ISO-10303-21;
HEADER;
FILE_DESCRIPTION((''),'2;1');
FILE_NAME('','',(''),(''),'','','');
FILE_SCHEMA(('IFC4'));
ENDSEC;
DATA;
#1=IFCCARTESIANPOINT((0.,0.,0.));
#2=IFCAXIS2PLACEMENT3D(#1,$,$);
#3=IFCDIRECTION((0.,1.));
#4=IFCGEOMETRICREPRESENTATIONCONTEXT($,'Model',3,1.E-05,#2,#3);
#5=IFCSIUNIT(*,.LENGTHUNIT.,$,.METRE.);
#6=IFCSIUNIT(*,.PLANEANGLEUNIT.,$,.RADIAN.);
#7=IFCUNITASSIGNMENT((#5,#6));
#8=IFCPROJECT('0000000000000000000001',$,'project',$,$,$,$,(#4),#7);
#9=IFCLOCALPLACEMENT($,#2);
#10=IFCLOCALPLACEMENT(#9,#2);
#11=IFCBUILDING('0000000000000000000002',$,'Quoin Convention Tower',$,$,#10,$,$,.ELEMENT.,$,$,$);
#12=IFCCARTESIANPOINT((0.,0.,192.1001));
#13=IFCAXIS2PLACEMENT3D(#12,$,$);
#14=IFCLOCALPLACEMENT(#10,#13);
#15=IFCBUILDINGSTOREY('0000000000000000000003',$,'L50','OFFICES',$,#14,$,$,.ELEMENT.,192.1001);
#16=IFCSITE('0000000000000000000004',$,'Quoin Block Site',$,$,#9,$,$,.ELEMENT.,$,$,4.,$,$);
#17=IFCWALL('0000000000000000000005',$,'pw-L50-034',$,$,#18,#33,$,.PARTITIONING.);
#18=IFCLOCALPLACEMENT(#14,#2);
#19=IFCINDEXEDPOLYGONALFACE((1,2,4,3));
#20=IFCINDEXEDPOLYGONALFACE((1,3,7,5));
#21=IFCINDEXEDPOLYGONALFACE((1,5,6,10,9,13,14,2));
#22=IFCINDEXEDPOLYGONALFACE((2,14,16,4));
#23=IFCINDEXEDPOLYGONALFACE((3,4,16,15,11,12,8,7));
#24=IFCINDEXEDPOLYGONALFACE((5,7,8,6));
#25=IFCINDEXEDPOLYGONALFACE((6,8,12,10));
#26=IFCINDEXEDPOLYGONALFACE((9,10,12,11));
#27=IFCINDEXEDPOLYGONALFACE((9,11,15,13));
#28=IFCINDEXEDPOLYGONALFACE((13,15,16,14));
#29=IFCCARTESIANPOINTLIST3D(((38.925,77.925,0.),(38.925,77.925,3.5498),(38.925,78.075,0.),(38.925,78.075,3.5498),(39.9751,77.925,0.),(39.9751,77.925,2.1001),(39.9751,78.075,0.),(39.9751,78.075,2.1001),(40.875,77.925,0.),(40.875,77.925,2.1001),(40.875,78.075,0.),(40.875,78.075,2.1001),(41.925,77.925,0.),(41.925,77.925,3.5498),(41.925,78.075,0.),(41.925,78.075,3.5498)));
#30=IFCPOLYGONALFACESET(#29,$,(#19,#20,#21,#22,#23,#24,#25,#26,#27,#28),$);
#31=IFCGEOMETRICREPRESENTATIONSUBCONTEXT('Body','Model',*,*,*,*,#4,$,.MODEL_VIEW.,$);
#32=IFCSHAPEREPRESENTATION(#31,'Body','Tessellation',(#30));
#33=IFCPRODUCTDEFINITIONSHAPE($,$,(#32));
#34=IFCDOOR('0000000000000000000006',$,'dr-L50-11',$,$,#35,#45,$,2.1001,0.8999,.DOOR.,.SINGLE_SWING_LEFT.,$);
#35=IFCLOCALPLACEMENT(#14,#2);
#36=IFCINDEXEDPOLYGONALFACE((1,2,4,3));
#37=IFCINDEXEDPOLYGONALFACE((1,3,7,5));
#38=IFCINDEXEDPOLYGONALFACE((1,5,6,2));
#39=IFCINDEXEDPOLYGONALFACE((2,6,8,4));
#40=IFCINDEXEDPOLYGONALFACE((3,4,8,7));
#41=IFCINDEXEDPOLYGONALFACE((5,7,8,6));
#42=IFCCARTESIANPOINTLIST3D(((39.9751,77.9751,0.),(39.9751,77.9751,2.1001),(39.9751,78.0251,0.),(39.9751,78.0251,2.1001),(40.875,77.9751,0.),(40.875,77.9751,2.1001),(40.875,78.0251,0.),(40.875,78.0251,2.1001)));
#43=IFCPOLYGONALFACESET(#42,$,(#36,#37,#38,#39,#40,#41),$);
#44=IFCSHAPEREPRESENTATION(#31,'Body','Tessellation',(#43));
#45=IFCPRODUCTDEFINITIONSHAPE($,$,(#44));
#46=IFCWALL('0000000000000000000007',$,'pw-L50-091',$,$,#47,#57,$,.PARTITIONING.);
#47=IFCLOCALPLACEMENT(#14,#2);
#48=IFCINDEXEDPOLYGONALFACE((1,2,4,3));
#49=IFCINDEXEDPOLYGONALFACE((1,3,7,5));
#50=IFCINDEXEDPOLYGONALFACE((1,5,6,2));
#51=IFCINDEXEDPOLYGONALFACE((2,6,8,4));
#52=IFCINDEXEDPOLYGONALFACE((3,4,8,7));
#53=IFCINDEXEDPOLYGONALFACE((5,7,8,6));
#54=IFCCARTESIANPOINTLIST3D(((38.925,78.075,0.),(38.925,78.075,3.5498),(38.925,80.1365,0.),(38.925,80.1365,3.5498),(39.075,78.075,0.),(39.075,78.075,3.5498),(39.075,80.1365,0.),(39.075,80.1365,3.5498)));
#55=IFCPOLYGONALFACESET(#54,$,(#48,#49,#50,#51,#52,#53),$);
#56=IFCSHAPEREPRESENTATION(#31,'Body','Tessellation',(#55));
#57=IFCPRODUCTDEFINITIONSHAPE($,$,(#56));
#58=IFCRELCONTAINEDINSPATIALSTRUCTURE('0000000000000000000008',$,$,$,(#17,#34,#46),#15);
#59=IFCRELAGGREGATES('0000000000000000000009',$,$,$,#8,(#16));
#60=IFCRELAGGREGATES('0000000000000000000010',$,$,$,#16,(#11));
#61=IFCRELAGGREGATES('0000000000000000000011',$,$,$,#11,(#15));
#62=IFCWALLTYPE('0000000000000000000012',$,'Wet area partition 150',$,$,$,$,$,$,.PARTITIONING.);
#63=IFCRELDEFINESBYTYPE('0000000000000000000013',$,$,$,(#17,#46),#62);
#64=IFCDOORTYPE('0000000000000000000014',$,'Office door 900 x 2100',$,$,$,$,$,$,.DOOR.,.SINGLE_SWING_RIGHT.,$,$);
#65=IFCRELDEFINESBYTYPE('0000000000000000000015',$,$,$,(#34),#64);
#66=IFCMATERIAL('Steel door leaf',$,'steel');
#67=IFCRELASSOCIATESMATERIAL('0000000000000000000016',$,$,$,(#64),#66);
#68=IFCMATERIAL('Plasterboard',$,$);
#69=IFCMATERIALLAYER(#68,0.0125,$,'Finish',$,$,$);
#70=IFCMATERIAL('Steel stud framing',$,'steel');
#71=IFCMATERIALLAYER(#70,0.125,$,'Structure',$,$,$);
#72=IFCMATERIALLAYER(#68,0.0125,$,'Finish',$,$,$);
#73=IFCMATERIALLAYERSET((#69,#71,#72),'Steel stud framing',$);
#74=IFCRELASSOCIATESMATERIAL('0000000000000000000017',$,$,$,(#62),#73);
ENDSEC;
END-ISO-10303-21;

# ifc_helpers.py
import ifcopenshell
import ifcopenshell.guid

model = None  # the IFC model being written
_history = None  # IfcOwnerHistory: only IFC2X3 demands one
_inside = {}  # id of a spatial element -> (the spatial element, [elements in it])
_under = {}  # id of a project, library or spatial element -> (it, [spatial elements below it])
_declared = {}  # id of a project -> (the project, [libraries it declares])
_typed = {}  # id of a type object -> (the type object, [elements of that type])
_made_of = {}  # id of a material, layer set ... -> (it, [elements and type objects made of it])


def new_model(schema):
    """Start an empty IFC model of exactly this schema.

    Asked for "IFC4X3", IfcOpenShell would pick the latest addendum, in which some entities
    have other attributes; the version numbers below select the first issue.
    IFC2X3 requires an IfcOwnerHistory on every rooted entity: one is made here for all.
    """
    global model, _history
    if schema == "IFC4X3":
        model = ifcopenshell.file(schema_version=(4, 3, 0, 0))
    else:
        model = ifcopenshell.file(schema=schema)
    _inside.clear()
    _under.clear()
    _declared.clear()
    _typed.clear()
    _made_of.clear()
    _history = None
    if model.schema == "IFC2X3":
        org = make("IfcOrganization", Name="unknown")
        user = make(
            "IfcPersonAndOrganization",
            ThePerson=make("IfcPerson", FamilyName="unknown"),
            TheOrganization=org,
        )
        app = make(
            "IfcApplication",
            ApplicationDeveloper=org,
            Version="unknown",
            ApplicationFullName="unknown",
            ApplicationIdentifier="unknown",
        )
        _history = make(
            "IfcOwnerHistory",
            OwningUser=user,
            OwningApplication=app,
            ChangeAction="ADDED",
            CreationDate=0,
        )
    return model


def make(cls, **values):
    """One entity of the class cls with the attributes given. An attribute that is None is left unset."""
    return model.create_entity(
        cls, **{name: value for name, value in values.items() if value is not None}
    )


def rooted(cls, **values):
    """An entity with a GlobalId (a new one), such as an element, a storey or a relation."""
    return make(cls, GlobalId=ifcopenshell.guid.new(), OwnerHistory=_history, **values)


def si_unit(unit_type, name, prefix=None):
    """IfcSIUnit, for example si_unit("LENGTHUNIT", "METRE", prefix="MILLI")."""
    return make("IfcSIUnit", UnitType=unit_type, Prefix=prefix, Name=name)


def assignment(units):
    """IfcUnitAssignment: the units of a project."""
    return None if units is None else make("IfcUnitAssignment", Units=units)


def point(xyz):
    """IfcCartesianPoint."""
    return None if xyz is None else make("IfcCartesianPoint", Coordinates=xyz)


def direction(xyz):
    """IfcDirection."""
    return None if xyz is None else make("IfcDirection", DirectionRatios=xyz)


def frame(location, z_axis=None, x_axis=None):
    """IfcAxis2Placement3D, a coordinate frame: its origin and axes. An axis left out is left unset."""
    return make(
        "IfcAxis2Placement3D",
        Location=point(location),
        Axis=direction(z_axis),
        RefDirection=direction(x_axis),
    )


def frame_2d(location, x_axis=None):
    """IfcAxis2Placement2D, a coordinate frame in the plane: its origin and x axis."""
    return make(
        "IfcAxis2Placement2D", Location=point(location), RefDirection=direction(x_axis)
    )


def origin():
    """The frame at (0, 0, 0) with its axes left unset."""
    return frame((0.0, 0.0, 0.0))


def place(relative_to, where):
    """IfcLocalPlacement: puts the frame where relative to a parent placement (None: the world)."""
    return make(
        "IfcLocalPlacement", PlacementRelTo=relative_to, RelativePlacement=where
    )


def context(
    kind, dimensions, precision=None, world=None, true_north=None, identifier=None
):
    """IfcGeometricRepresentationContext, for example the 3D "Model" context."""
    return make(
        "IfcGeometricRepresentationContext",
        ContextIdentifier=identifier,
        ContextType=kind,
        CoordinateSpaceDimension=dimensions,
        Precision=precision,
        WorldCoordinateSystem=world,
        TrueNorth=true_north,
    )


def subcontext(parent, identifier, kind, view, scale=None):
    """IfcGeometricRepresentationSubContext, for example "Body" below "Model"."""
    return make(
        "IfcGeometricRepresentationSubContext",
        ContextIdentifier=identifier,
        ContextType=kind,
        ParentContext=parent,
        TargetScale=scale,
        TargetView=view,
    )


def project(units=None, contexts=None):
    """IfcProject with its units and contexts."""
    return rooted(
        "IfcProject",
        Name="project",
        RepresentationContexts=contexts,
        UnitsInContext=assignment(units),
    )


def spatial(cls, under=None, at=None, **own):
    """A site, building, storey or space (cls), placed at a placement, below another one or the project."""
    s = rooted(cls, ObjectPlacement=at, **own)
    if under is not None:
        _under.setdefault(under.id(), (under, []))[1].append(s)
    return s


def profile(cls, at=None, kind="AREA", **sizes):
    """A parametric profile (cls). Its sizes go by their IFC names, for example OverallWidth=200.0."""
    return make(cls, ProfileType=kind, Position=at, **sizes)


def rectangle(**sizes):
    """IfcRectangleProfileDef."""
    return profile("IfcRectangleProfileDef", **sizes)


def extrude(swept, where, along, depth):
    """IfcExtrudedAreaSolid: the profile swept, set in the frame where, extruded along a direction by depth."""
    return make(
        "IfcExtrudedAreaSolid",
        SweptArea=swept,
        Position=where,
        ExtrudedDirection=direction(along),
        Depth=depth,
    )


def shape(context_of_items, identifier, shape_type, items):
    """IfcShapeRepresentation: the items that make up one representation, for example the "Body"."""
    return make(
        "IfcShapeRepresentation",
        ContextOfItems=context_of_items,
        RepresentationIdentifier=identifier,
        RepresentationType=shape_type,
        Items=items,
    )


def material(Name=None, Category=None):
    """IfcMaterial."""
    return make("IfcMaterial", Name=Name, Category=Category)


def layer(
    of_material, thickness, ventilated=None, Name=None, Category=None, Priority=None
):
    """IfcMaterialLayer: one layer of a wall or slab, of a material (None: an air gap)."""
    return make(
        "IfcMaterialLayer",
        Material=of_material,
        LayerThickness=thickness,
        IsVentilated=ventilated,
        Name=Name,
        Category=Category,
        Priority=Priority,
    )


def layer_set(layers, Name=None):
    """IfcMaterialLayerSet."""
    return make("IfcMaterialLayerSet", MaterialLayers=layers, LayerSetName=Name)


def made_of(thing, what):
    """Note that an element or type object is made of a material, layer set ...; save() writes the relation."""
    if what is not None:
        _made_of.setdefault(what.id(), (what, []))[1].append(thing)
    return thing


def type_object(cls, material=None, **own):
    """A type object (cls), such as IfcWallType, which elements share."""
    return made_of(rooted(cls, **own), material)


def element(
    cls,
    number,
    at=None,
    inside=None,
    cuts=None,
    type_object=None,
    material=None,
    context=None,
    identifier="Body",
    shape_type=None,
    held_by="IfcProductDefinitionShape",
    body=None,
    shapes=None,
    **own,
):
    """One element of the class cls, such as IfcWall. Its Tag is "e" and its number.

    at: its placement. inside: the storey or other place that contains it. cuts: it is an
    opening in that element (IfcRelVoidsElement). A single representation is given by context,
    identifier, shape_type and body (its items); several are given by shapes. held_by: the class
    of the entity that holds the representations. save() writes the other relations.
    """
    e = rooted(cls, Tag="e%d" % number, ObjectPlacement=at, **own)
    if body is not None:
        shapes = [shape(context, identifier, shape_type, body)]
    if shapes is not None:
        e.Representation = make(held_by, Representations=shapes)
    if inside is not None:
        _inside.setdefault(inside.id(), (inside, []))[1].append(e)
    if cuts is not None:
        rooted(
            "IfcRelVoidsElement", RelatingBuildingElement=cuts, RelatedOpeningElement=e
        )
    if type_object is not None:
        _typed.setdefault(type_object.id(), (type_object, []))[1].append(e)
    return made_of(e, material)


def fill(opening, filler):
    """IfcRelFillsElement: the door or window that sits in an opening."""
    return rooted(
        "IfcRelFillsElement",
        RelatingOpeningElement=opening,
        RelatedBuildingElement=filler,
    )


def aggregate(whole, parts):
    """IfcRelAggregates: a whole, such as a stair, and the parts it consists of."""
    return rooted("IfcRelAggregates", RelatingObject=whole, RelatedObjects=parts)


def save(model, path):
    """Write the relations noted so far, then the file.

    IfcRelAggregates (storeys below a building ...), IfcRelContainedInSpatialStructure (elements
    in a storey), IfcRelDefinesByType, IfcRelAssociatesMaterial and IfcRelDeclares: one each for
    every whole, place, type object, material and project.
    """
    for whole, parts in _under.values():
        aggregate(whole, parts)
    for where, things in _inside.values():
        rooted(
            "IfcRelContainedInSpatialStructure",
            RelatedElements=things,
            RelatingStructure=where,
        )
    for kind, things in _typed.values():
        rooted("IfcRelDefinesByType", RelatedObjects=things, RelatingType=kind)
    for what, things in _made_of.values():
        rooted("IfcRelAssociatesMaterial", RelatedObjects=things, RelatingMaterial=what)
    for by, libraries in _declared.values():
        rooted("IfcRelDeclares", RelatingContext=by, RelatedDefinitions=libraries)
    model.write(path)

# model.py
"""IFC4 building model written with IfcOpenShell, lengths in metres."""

from ifc_helpers import new_model, si_unit, direction, frame, frame_2d, origin, place, context, subcontext, project, spatial, rectangle, extrude, material, layer, layer_set, type_object, element, fill, save


model = new_model("IFC4")

# Units and contexts
model_context = context("Model", 3, precision=1e-05, world=origin(), true_north=direction((0.0, 1.0)))
body_context = subcontext(model_context, "Body", "Model", "MODEL_VIEW")
ifc_project = project(units=[si_unit("LENGTHUNIT", "METRE"), si_unit("PLANEANGLEUNIT", "RADIAN")], contexts=[model_context])

# Site, building, storey
site_placement = place(None, origin())
site = spatial("IfcSite", under=ifc_project, at=site_placement, Name="Quoin Block Site", CompositionType="ELEMENT", RefElevation=4.0)
building_placement = place(site_placement, origin())
building = spatial("IfcBuilding", under=site, at=building_placement, Name="Quoin Convention Tower", CompositionType="ELEMENT")
storey_placement = place(building_placement, frame((0.0, 0.0, 192.1001)))
storey = spatial("IfcBuildingStorey", under=building, at=storey_placement, Name="L50", Description="OFFICES", CompositionType="ELEMENT", Elevation=192.1001)

# Shared definitions
ifc_material_1 = material(Name="Plasterboard")
ifc_material_2 = material(Name="Steel stud framing", Category="steel")

# Shared definitions
ifc_material_3 = material(Name="Steel door leaf", Category="steel")

# Wall, opening, door
door_type_1 = type_object("IfcDoorType", Name="Office door 900 x 2100", OperationType="SINGLE_SWING_RIGHT", PredefinedType="DOOR", material=ifc_material_3)
ifc_layer_1 = layer(ifc_material_1, 0.0125, Name="Finish")
ifc_layer_2 = layer(ifc_material_2, 0.125, Name="Structure")
ifc_layer_3 = layer(ifc_material_1, 0.0125, Name="Finish")
ifc_layer_set_1 = layer_set([ifc_layer_1, ifc_layer_2, ifc_layer_3], Name="Steel stud framing")
wall_type_1 = type_object("IfcWallType", Name="Wet area partition 150", PredefinedType="PARTITIONING", material=ifc_layer_set_1)
wall_1_placement = place(storey_placement, frame((38.925, 78.0, 0.0), z_axis=(0.0, 0.0, 1.0), x_axis=(1.0, 0.0, 0.0)))
wall_1 = element("IfcWall", 1, at=wall_1_placement, inside=storey, type_object=wall_type_1, Name="pw-L50-034", PredefinedType="PARTITIONING", context=body_context, shape_type="SweptSolid", body=[
    extrude(rectangle(XDim=3.0, YDim=0.1499, at=frame_2d((1.5, 0.0))), origin(), (0.0, 0.0, 1.0), 3.5498),
])
opening_1_placement = place(wall_1_placement, frame((1.05, 0.0, 0.0)))
opening_1 = element("IfcOpeningElement", 2, at=opening_1_placement, cuts=wall_1, PredefinedType="OPENING", context=body_context, shape_type="SweptSolid", body=[
    extrude(rectangle(XDim=0.8999, YDim=2.1001, at=frame_2d((0.45, 1.05))), frame((0.0, 0.085, 0.0), z_axis=(0.0, -1.0, 0.0), x_axis=(1.0, 0.0, 0.0)), (0.0, 0.0, 1.0), 0.1699),
])
door_1_placement = place(opening_1_placement, frame((0.8999, 0.0, 0.0), z_axis=(0.0, 0.0, 1.0), x_axis=(-1.0, 0.0, 0.0)))
door_1 = element("IfcDoor", 3, at=door_1_placement, inside=storey, type_object=door_type_1, Name="dr-L50-11", OperationType="SINGLE_SWING_LEFT", OverallHeight=2.1001, OverallWidth=0.8999, PredefinedType="DOOR", context=body_context, shape_type="SweptSolid", body=[
    extrude(rectangle(XDim=0.8999, YDim=2.1001, at=frame_2d((0.45, 1.05))), frame((0.0, 0.0249, 0.0), z_axis=(0.0, -1.0, 0.0), x_axis=(1.0, 0.0, 0.0)), (0.0, 0.0, 1.0), 0.05),
])
fill(opening_1, door_1)

# Wall
wall_2_placement = place(storey_placement, frame((39.0, 78.075, 0.0), z_axis=(0.0, 0.0, 1.0), x_axis=(0.0, 1.0, 0.0)))
element("IfcWall", 4, at=wall_2_placement, inside=storey, type_object=wall_type_1, Name="pw-L50-091", PredefinedType="PARTITIONING", context=body_context, shape_type="SweptSolid", body=[
    extrude(rectangle(XDim=2.0615, YDim=0.1499, at=frame_2d((1.0308, 0.0))), origin(), (0.0, 0.0, 1.0), 3.5498),
])

save(model, "model.ifc")
